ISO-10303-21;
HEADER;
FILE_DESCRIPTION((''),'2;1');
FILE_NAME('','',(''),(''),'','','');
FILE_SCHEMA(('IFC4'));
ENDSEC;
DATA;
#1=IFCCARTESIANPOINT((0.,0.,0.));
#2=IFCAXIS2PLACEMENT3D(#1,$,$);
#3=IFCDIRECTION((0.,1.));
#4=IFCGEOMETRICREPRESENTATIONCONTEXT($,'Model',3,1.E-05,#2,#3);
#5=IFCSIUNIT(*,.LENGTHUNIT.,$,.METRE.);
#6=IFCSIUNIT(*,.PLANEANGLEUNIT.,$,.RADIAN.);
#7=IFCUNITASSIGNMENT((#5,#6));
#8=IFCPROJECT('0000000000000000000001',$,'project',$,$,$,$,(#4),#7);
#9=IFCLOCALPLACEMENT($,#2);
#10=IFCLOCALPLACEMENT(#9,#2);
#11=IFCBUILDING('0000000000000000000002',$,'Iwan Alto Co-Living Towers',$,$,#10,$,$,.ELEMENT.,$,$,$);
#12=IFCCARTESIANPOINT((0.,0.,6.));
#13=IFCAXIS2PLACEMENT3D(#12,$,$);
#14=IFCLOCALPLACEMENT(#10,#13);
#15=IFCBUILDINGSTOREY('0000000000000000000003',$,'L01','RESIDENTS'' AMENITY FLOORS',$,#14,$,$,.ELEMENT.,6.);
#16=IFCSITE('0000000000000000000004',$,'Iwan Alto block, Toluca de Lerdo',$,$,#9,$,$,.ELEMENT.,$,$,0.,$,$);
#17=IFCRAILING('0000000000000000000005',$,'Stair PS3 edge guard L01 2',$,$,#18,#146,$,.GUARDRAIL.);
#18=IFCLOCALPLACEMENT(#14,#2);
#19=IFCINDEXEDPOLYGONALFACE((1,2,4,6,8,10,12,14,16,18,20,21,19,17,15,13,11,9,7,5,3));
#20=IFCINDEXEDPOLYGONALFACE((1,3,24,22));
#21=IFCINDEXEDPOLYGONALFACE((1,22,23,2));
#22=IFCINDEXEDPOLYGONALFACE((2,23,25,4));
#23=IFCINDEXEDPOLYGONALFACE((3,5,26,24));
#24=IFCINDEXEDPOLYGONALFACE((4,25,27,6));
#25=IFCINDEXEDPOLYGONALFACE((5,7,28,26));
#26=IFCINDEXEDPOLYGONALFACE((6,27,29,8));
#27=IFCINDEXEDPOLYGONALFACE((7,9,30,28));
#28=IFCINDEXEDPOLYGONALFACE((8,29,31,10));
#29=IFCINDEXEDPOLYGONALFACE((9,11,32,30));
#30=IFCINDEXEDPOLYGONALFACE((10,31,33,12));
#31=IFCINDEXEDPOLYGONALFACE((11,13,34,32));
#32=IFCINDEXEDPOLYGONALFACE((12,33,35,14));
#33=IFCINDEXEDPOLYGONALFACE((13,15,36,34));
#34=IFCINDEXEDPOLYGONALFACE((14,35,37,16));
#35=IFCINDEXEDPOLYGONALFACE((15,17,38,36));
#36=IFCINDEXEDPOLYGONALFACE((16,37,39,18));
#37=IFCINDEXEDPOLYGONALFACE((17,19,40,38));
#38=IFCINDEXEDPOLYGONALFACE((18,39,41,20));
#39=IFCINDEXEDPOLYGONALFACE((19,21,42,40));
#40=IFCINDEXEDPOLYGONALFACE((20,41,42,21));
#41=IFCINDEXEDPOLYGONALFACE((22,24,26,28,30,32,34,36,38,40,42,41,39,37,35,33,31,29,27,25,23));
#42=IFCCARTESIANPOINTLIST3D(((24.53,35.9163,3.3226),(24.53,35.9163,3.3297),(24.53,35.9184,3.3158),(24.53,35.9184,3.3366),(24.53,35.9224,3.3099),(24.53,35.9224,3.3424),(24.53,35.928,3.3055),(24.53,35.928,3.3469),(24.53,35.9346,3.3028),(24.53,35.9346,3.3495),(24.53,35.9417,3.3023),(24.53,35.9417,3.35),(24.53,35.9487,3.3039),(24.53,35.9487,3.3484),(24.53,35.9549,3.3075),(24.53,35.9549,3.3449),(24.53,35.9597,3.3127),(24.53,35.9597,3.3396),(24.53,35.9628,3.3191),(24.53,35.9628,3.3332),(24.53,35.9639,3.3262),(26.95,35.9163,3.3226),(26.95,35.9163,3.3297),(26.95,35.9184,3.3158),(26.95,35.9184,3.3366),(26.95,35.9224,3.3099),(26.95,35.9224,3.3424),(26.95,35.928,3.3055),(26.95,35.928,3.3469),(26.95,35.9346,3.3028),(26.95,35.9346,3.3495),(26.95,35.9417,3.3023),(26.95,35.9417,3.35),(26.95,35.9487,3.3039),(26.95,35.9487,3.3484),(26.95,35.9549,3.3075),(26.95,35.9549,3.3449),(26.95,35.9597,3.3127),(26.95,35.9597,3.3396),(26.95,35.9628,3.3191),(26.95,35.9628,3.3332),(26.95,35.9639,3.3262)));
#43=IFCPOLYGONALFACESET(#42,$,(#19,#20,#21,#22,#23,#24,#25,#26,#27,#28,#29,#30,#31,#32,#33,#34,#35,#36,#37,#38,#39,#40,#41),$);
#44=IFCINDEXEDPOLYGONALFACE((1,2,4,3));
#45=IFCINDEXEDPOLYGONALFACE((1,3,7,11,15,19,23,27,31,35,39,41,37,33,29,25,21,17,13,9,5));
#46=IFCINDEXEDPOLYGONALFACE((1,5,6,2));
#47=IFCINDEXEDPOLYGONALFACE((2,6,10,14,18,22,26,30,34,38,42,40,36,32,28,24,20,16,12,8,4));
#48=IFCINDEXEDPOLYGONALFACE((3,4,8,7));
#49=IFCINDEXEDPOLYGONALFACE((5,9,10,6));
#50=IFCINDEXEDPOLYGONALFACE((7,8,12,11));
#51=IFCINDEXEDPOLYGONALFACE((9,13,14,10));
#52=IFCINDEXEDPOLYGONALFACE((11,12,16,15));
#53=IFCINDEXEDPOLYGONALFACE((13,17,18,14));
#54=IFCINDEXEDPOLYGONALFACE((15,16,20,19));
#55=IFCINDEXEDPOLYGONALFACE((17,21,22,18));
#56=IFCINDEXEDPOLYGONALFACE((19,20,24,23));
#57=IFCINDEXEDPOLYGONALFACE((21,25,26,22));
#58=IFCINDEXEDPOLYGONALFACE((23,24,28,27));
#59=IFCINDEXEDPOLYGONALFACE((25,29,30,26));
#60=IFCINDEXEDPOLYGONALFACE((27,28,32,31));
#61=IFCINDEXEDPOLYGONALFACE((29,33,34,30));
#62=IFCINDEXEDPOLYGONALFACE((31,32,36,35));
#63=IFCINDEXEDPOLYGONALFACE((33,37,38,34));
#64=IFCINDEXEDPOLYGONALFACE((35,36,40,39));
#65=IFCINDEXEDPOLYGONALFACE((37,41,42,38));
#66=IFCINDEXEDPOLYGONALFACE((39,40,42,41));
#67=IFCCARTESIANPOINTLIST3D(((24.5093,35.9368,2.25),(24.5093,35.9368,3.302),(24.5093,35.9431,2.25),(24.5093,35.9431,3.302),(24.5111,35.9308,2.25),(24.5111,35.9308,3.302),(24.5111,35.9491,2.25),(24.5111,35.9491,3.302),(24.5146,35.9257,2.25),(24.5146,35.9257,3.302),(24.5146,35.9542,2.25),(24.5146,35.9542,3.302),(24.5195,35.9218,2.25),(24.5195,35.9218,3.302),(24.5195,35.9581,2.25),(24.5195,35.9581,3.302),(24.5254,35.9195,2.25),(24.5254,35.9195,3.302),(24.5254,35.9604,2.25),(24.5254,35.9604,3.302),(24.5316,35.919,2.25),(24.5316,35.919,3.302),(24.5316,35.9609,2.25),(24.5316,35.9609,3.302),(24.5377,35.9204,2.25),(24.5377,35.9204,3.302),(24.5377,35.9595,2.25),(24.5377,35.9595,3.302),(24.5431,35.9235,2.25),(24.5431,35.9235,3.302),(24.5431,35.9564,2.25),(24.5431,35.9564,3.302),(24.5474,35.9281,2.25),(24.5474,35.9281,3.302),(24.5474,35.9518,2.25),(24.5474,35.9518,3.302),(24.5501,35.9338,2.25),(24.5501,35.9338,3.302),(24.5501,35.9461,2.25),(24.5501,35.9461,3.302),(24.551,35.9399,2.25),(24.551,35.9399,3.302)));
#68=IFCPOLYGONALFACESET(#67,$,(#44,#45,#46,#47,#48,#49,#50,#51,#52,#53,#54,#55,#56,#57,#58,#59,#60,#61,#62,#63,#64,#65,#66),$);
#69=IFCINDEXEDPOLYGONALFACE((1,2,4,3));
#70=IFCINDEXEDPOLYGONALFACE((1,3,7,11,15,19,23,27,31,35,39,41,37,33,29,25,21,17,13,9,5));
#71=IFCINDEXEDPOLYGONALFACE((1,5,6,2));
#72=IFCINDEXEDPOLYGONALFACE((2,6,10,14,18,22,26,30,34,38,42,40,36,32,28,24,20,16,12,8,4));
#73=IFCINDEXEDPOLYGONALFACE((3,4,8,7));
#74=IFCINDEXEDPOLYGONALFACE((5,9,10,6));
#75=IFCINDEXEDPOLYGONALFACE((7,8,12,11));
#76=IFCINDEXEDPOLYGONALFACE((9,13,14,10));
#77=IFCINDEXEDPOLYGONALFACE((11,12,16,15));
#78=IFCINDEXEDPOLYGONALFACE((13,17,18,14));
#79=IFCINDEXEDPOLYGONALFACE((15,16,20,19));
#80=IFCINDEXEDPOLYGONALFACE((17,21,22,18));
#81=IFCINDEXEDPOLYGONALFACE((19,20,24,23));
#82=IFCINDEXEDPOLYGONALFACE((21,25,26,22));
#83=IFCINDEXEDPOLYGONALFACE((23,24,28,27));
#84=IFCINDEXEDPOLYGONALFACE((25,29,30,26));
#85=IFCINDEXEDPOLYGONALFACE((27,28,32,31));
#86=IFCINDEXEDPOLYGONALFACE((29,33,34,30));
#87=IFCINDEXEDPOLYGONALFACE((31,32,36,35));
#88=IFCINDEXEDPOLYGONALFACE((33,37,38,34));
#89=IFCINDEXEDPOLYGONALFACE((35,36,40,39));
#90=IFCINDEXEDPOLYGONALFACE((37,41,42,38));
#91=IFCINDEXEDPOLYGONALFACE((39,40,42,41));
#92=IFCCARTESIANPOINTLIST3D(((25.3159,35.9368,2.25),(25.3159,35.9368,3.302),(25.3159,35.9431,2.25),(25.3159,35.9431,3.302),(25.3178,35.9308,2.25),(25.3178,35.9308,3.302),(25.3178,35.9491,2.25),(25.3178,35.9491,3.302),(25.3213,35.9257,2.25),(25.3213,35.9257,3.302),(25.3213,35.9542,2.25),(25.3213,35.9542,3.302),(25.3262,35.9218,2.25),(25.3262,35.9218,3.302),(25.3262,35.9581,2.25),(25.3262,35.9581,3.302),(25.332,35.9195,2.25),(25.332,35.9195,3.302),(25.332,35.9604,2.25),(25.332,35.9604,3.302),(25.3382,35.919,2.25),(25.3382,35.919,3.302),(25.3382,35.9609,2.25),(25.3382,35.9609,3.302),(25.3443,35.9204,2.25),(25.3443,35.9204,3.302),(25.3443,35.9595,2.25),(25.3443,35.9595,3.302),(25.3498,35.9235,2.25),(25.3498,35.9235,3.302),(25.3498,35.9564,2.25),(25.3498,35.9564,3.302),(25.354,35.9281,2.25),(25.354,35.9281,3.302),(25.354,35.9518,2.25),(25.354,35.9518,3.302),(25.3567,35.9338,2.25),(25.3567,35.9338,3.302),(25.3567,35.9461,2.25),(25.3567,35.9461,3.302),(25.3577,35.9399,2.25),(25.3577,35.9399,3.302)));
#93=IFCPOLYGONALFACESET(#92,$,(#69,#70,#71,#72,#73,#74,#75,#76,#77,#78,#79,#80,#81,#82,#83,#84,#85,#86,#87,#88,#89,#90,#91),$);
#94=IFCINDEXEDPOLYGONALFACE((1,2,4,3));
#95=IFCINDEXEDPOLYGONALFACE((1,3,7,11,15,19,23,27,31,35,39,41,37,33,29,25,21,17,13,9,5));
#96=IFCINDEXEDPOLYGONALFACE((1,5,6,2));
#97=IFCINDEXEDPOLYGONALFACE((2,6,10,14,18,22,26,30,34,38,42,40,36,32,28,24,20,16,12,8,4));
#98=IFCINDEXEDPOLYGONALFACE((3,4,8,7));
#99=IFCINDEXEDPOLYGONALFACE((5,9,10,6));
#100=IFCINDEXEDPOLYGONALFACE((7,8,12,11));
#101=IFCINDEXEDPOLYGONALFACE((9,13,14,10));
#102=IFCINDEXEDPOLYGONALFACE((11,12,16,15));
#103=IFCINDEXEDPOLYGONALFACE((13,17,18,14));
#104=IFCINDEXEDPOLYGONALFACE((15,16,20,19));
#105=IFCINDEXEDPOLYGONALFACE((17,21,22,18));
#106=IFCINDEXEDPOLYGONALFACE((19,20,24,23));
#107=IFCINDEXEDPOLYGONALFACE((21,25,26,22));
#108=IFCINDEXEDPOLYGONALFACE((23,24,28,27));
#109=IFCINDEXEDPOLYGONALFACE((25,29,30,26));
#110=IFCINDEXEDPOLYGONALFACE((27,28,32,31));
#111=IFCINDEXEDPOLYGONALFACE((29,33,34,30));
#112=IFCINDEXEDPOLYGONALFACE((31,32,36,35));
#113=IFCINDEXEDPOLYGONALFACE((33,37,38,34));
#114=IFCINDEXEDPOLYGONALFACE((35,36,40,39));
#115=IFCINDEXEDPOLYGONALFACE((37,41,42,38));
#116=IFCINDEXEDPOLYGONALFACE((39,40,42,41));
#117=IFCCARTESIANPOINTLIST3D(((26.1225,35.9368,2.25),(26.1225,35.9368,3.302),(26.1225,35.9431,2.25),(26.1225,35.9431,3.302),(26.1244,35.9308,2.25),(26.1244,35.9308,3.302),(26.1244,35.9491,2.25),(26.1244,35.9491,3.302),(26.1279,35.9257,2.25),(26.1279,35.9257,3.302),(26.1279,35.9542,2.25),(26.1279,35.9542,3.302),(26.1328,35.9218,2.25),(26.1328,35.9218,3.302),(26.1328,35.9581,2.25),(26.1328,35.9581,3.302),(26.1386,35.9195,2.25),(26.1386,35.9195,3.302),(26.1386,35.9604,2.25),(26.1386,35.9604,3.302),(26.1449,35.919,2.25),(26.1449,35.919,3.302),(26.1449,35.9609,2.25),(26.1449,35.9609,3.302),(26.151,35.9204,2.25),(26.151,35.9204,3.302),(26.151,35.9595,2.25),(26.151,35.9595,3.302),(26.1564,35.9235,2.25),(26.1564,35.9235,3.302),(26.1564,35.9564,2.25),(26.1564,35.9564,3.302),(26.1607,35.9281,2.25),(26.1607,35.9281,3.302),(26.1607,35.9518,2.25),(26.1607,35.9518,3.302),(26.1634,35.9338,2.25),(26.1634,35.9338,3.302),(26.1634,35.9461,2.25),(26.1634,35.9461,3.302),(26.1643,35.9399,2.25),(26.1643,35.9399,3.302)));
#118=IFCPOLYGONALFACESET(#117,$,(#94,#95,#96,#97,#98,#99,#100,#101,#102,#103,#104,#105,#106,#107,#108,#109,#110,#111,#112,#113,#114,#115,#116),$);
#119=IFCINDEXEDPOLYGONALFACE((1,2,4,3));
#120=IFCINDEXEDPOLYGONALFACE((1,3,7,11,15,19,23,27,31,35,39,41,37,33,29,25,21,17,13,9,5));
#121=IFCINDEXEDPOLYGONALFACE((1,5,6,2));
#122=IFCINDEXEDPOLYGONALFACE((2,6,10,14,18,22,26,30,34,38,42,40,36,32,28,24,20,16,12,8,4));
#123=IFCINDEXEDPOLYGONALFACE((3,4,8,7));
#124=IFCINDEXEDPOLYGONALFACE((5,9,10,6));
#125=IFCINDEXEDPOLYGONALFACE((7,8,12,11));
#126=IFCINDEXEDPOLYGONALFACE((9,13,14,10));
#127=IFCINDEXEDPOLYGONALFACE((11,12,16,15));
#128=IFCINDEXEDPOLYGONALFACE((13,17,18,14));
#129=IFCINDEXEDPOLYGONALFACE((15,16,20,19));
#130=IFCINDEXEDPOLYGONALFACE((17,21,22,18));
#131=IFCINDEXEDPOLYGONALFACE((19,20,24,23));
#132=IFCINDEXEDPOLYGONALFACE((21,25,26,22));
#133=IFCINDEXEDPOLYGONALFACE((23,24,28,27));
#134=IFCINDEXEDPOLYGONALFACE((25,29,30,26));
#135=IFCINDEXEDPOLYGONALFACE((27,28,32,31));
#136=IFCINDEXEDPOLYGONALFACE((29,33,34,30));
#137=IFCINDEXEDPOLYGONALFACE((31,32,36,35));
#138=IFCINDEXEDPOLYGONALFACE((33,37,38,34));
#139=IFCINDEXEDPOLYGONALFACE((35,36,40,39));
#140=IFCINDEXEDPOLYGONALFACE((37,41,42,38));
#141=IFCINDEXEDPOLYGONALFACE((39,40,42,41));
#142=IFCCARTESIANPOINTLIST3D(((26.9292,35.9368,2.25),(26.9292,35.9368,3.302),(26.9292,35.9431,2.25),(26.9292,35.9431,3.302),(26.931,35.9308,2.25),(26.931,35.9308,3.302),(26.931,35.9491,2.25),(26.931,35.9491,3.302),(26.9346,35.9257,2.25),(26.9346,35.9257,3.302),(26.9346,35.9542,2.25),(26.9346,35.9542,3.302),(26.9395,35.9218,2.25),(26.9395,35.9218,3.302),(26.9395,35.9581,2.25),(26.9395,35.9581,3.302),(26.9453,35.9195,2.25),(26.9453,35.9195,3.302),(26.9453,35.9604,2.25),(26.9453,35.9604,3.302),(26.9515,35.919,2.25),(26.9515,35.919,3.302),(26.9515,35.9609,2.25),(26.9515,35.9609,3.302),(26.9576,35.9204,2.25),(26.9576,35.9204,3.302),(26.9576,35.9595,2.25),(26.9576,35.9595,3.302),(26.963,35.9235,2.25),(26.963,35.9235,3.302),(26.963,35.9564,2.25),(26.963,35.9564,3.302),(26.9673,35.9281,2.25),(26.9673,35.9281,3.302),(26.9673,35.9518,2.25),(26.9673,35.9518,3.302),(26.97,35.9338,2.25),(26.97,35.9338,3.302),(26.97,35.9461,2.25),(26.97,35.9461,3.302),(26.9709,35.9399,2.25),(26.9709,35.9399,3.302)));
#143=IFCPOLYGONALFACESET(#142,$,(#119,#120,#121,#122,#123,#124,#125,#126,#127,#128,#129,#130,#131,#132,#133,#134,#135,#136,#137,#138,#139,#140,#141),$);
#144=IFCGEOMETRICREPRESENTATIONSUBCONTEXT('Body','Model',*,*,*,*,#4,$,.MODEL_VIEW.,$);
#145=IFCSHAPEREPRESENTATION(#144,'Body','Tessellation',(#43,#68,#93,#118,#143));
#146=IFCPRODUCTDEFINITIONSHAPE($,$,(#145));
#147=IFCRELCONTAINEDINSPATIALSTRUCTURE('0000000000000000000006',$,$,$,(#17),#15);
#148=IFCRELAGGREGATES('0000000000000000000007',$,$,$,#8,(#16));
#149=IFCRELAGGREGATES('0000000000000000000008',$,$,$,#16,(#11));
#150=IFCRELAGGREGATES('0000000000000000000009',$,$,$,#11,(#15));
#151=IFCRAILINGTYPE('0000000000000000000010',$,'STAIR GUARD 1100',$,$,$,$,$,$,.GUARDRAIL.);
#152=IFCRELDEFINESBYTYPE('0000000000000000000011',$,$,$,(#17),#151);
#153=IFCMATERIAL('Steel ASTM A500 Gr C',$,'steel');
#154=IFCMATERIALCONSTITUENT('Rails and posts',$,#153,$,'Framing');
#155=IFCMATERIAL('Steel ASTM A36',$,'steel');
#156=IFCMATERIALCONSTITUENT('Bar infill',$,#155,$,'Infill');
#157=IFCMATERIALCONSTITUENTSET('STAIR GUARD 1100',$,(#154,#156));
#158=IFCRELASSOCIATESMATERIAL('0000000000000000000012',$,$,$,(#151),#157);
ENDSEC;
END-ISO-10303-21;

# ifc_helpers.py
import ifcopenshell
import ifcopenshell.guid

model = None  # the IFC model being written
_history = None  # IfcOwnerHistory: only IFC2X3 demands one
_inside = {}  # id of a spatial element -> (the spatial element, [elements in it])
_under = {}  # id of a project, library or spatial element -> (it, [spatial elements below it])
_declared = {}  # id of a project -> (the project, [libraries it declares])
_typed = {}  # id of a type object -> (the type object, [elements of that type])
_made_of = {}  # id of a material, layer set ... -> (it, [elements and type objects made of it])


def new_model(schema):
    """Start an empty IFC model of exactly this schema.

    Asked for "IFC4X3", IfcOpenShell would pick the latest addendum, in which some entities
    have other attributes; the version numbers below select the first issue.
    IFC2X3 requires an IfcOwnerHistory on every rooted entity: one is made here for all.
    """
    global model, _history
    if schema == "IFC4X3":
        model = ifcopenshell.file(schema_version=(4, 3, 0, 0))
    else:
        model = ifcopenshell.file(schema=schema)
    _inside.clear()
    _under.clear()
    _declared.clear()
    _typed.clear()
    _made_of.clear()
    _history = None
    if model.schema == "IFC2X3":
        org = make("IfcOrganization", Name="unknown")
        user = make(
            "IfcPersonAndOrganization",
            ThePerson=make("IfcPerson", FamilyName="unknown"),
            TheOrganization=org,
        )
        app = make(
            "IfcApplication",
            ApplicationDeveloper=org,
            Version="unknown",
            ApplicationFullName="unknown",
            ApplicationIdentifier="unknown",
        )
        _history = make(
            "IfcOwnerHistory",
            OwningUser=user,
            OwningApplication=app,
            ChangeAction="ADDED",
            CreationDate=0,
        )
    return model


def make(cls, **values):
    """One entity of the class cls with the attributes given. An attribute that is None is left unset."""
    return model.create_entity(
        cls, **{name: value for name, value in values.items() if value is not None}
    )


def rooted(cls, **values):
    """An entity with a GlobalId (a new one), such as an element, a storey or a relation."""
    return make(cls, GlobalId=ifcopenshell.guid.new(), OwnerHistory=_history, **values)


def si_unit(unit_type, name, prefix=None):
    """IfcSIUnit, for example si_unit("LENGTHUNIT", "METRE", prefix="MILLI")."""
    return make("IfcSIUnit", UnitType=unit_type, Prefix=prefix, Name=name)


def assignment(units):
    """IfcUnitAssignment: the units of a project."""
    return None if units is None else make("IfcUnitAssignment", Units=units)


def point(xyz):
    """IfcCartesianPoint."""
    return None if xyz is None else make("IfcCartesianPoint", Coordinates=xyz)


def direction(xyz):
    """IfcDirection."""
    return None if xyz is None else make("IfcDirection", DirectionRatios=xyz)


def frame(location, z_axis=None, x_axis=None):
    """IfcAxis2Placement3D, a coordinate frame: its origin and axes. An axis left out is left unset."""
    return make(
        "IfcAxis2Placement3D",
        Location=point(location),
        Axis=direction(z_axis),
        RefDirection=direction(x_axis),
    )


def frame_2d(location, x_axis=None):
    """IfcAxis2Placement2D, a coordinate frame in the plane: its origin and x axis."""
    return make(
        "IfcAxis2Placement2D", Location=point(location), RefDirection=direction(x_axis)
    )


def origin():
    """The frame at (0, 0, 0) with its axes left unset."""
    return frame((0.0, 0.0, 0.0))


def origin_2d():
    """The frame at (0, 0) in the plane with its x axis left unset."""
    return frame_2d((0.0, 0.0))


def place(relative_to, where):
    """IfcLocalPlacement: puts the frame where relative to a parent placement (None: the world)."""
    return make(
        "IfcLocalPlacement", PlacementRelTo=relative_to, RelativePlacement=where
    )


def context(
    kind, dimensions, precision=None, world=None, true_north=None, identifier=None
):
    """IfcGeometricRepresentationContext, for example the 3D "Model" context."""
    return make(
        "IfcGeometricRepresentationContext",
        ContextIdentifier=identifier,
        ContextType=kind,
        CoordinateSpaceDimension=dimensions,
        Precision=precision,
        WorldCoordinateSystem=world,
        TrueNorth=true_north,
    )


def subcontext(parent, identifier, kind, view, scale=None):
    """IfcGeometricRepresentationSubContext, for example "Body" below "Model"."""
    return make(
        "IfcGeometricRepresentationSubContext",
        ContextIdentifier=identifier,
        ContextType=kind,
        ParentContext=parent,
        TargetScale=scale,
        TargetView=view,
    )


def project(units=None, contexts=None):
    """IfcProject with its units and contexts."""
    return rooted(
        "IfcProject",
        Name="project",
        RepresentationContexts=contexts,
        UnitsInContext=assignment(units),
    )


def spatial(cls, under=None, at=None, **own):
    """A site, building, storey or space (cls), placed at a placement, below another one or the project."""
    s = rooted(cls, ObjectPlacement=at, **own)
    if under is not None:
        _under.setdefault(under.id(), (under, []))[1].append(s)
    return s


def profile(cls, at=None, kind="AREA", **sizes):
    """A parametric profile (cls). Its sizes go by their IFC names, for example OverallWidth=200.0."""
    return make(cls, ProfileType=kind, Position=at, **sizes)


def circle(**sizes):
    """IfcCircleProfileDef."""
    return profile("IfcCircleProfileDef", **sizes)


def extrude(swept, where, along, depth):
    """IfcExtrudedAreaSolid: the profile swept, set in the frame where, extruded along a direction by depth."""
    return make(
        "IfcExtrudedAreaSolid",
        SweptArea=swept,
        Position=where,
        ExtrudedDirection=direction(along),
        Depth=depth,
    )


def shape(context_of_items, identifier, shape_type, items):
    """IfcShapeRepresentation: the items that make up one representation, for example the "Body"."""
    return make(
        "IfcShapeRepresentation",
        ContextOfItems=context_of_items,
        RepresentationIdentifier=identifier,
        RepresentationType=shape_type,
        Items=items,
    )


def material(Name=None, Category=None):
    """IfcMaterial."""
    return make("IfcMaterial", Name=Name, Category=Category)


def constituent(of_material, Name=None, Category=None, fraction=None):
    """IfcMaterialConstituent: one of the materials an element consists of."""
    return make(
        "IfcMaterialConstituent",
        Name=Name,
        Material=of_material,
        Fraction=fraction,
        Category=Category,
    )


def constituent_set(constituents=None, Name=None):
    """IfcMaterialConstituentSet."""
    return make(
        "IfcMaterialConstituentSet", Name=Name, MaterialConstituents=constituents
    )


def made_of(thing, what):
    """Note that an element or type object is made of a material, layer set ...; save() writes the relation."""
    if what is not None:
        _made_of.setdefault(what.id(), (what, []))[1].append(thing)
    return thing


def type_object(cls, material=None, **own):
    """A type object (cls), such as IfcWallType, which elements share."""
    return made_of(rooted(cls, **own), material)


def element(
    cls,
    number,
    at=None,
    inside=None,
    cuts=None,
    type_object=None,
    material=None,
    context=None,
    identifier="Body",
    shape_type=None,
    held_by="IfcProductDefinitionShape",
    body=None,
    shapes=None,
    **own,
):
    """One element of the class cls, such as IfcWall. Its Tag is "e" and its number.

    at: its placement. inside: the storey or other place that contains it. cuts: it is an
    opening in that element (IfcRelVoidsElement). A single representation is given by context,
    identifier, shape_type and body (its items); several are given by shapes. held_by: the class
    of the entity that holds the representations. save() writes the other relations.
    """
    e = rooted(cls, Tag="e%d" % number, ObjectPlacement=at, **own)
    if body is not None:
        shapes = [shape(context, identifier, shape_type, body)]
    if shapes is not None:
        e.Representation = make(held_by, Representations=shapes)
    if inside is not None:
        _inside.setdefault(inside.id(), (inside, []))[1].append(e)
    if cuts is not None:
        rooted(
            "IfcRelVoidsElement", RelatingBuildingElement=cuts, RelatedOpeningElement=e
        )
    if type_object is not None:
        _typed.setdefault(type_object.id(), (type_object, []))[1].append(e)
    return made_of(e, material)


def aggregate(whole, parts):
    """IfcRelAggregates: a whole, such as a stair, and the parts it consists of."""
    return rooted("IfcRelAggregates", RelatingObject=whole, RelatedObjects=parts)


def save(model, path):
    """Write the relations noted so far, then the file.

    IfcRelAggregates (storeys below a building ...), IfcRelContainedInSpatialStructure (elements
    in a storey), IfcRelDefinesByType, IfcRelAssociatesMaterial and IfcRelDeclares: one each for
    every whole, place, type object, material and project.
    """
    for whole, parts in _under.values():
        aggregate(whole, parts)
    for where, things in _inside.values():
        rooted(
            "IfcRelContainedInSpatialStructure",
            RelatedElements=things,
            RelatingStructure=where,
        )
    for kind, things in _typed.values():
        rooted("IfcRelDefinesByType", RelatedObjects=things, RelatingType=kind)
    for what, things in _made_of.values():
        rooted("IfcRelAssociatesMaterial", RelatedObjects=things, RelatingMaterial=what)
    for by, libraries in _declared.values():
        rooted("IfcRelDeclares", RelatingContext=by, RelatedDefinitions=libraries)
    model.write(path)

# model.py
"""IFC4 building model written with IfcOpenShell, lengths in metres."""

from ifc_helpers import new_model, si_unit, direction, frame, origin, origin_2d, place, context, subcontext, project, spatial, circle, extrude, material, constituent, constituent_set, type_object, element, save


model = new_model("IFC4")

# Units and contexts
model_context = context("Model", 3, precision=1e-05, world=origin(), true_north=direction((0.0, 1.0)))
body_context = subcontext(model_context, "Body", "Model", "MODEL_VIEW")
ifc_project = project(units=[si_unit("LENGTHUNIT", "METRE"), si_unit("PLANEANGLEUNIT", "RADIAN")], contexts=[model_context])

# Site, building, storey
site_placement = place(None, origin())
site = spatial("IfcSite", under=ifc_project, at=site_placement, Name="Iwan Alto block, Toluca de Lerdo", CompositionType="ELEMENT", RefElevation=0.0)
building_placement = place(site_placement, origin())
building = spatial("IfcBuilding", under=site, at=building_placement, Name="Iwan Alto Co-Living Towers", CompositionType="ELEMENT")
storey_placement = place(building_placement, frame((0.0, 0.0, 6.0)))
storey = spatial("IfcBuildingStorey", under=building, at=storey_placement, Name="L01", Description="RESIDENTS' AMENITY FLOORS", CompositionType="ELEMENT", Elevation=6.0)

# Shared definitions
ifc_material_1 = material(Name="Steel ASTM A36", Category="steel")

# Railing
ifc_material_2 = material(Name="Steel ASTM A500 Gr C", Category="steel")
ifc_constituent_1 = constituent(ifc_material_2, Name="Rails and posts", Category="Framing")
ifc_constituent_2 = constituent(ifc_material_1, Name="Bar infill", Category="Infill")
ifc_constituent_set_1 = constituent_set(constituents=[ifc_constituent_1, ifc_constituent_2], Name="STAIR GUARD 1100")
railing_type_1 = type_object("IfcRailingType", Name="STAIR GUARD 1100", PredefinedType="GUARDRAIL", material=ifc_constituent_set_1)
railing_1_placement = place(storey_placement, frame((24.53, 35.9399, 2.25)))
element("IfcRailing", 1, at=railing_1_placement, inside=storey, type_object=railing_type_1, Name="Stair PS3 edge guard L01 2", PredefinedType="GUARDRAIL", context=body_context, shape_type="SweptSolid", body=[
    extrude(circle(Radius=0.0239, at=origin_2d()), frame((0.0, 0.0, 1.0762), z_axis=(1.0, 0.0, 0.0), x_axis=(0.0, 1.0, 0.0)), (0.0, 0.0, 1.0), 2.4199),
    extrude(circle(Radius=0.021, at=origin_2d()), origin(), (0.0, 0.0, 1.0), 1.052),
    extrude(circle(Radius=0.021, at=origin_2d()), frame((0.8066, 0.0, 0.0)), (0.0, 0.0, 1.0), 1.052),
    extrude(circle(Radius=0.021, at=origin_2d()), frame((1.6133, 0.0, 0.0)), (0.0, 0.0, 1.0), 1.052),
    extrude(circle(Radius=0.021, at=origin_2d()), frame((2.4199, 0.0, 0.0)), (0.0, 0.0, 1.0), 1.052),
])

save(model, "model.ifc")
